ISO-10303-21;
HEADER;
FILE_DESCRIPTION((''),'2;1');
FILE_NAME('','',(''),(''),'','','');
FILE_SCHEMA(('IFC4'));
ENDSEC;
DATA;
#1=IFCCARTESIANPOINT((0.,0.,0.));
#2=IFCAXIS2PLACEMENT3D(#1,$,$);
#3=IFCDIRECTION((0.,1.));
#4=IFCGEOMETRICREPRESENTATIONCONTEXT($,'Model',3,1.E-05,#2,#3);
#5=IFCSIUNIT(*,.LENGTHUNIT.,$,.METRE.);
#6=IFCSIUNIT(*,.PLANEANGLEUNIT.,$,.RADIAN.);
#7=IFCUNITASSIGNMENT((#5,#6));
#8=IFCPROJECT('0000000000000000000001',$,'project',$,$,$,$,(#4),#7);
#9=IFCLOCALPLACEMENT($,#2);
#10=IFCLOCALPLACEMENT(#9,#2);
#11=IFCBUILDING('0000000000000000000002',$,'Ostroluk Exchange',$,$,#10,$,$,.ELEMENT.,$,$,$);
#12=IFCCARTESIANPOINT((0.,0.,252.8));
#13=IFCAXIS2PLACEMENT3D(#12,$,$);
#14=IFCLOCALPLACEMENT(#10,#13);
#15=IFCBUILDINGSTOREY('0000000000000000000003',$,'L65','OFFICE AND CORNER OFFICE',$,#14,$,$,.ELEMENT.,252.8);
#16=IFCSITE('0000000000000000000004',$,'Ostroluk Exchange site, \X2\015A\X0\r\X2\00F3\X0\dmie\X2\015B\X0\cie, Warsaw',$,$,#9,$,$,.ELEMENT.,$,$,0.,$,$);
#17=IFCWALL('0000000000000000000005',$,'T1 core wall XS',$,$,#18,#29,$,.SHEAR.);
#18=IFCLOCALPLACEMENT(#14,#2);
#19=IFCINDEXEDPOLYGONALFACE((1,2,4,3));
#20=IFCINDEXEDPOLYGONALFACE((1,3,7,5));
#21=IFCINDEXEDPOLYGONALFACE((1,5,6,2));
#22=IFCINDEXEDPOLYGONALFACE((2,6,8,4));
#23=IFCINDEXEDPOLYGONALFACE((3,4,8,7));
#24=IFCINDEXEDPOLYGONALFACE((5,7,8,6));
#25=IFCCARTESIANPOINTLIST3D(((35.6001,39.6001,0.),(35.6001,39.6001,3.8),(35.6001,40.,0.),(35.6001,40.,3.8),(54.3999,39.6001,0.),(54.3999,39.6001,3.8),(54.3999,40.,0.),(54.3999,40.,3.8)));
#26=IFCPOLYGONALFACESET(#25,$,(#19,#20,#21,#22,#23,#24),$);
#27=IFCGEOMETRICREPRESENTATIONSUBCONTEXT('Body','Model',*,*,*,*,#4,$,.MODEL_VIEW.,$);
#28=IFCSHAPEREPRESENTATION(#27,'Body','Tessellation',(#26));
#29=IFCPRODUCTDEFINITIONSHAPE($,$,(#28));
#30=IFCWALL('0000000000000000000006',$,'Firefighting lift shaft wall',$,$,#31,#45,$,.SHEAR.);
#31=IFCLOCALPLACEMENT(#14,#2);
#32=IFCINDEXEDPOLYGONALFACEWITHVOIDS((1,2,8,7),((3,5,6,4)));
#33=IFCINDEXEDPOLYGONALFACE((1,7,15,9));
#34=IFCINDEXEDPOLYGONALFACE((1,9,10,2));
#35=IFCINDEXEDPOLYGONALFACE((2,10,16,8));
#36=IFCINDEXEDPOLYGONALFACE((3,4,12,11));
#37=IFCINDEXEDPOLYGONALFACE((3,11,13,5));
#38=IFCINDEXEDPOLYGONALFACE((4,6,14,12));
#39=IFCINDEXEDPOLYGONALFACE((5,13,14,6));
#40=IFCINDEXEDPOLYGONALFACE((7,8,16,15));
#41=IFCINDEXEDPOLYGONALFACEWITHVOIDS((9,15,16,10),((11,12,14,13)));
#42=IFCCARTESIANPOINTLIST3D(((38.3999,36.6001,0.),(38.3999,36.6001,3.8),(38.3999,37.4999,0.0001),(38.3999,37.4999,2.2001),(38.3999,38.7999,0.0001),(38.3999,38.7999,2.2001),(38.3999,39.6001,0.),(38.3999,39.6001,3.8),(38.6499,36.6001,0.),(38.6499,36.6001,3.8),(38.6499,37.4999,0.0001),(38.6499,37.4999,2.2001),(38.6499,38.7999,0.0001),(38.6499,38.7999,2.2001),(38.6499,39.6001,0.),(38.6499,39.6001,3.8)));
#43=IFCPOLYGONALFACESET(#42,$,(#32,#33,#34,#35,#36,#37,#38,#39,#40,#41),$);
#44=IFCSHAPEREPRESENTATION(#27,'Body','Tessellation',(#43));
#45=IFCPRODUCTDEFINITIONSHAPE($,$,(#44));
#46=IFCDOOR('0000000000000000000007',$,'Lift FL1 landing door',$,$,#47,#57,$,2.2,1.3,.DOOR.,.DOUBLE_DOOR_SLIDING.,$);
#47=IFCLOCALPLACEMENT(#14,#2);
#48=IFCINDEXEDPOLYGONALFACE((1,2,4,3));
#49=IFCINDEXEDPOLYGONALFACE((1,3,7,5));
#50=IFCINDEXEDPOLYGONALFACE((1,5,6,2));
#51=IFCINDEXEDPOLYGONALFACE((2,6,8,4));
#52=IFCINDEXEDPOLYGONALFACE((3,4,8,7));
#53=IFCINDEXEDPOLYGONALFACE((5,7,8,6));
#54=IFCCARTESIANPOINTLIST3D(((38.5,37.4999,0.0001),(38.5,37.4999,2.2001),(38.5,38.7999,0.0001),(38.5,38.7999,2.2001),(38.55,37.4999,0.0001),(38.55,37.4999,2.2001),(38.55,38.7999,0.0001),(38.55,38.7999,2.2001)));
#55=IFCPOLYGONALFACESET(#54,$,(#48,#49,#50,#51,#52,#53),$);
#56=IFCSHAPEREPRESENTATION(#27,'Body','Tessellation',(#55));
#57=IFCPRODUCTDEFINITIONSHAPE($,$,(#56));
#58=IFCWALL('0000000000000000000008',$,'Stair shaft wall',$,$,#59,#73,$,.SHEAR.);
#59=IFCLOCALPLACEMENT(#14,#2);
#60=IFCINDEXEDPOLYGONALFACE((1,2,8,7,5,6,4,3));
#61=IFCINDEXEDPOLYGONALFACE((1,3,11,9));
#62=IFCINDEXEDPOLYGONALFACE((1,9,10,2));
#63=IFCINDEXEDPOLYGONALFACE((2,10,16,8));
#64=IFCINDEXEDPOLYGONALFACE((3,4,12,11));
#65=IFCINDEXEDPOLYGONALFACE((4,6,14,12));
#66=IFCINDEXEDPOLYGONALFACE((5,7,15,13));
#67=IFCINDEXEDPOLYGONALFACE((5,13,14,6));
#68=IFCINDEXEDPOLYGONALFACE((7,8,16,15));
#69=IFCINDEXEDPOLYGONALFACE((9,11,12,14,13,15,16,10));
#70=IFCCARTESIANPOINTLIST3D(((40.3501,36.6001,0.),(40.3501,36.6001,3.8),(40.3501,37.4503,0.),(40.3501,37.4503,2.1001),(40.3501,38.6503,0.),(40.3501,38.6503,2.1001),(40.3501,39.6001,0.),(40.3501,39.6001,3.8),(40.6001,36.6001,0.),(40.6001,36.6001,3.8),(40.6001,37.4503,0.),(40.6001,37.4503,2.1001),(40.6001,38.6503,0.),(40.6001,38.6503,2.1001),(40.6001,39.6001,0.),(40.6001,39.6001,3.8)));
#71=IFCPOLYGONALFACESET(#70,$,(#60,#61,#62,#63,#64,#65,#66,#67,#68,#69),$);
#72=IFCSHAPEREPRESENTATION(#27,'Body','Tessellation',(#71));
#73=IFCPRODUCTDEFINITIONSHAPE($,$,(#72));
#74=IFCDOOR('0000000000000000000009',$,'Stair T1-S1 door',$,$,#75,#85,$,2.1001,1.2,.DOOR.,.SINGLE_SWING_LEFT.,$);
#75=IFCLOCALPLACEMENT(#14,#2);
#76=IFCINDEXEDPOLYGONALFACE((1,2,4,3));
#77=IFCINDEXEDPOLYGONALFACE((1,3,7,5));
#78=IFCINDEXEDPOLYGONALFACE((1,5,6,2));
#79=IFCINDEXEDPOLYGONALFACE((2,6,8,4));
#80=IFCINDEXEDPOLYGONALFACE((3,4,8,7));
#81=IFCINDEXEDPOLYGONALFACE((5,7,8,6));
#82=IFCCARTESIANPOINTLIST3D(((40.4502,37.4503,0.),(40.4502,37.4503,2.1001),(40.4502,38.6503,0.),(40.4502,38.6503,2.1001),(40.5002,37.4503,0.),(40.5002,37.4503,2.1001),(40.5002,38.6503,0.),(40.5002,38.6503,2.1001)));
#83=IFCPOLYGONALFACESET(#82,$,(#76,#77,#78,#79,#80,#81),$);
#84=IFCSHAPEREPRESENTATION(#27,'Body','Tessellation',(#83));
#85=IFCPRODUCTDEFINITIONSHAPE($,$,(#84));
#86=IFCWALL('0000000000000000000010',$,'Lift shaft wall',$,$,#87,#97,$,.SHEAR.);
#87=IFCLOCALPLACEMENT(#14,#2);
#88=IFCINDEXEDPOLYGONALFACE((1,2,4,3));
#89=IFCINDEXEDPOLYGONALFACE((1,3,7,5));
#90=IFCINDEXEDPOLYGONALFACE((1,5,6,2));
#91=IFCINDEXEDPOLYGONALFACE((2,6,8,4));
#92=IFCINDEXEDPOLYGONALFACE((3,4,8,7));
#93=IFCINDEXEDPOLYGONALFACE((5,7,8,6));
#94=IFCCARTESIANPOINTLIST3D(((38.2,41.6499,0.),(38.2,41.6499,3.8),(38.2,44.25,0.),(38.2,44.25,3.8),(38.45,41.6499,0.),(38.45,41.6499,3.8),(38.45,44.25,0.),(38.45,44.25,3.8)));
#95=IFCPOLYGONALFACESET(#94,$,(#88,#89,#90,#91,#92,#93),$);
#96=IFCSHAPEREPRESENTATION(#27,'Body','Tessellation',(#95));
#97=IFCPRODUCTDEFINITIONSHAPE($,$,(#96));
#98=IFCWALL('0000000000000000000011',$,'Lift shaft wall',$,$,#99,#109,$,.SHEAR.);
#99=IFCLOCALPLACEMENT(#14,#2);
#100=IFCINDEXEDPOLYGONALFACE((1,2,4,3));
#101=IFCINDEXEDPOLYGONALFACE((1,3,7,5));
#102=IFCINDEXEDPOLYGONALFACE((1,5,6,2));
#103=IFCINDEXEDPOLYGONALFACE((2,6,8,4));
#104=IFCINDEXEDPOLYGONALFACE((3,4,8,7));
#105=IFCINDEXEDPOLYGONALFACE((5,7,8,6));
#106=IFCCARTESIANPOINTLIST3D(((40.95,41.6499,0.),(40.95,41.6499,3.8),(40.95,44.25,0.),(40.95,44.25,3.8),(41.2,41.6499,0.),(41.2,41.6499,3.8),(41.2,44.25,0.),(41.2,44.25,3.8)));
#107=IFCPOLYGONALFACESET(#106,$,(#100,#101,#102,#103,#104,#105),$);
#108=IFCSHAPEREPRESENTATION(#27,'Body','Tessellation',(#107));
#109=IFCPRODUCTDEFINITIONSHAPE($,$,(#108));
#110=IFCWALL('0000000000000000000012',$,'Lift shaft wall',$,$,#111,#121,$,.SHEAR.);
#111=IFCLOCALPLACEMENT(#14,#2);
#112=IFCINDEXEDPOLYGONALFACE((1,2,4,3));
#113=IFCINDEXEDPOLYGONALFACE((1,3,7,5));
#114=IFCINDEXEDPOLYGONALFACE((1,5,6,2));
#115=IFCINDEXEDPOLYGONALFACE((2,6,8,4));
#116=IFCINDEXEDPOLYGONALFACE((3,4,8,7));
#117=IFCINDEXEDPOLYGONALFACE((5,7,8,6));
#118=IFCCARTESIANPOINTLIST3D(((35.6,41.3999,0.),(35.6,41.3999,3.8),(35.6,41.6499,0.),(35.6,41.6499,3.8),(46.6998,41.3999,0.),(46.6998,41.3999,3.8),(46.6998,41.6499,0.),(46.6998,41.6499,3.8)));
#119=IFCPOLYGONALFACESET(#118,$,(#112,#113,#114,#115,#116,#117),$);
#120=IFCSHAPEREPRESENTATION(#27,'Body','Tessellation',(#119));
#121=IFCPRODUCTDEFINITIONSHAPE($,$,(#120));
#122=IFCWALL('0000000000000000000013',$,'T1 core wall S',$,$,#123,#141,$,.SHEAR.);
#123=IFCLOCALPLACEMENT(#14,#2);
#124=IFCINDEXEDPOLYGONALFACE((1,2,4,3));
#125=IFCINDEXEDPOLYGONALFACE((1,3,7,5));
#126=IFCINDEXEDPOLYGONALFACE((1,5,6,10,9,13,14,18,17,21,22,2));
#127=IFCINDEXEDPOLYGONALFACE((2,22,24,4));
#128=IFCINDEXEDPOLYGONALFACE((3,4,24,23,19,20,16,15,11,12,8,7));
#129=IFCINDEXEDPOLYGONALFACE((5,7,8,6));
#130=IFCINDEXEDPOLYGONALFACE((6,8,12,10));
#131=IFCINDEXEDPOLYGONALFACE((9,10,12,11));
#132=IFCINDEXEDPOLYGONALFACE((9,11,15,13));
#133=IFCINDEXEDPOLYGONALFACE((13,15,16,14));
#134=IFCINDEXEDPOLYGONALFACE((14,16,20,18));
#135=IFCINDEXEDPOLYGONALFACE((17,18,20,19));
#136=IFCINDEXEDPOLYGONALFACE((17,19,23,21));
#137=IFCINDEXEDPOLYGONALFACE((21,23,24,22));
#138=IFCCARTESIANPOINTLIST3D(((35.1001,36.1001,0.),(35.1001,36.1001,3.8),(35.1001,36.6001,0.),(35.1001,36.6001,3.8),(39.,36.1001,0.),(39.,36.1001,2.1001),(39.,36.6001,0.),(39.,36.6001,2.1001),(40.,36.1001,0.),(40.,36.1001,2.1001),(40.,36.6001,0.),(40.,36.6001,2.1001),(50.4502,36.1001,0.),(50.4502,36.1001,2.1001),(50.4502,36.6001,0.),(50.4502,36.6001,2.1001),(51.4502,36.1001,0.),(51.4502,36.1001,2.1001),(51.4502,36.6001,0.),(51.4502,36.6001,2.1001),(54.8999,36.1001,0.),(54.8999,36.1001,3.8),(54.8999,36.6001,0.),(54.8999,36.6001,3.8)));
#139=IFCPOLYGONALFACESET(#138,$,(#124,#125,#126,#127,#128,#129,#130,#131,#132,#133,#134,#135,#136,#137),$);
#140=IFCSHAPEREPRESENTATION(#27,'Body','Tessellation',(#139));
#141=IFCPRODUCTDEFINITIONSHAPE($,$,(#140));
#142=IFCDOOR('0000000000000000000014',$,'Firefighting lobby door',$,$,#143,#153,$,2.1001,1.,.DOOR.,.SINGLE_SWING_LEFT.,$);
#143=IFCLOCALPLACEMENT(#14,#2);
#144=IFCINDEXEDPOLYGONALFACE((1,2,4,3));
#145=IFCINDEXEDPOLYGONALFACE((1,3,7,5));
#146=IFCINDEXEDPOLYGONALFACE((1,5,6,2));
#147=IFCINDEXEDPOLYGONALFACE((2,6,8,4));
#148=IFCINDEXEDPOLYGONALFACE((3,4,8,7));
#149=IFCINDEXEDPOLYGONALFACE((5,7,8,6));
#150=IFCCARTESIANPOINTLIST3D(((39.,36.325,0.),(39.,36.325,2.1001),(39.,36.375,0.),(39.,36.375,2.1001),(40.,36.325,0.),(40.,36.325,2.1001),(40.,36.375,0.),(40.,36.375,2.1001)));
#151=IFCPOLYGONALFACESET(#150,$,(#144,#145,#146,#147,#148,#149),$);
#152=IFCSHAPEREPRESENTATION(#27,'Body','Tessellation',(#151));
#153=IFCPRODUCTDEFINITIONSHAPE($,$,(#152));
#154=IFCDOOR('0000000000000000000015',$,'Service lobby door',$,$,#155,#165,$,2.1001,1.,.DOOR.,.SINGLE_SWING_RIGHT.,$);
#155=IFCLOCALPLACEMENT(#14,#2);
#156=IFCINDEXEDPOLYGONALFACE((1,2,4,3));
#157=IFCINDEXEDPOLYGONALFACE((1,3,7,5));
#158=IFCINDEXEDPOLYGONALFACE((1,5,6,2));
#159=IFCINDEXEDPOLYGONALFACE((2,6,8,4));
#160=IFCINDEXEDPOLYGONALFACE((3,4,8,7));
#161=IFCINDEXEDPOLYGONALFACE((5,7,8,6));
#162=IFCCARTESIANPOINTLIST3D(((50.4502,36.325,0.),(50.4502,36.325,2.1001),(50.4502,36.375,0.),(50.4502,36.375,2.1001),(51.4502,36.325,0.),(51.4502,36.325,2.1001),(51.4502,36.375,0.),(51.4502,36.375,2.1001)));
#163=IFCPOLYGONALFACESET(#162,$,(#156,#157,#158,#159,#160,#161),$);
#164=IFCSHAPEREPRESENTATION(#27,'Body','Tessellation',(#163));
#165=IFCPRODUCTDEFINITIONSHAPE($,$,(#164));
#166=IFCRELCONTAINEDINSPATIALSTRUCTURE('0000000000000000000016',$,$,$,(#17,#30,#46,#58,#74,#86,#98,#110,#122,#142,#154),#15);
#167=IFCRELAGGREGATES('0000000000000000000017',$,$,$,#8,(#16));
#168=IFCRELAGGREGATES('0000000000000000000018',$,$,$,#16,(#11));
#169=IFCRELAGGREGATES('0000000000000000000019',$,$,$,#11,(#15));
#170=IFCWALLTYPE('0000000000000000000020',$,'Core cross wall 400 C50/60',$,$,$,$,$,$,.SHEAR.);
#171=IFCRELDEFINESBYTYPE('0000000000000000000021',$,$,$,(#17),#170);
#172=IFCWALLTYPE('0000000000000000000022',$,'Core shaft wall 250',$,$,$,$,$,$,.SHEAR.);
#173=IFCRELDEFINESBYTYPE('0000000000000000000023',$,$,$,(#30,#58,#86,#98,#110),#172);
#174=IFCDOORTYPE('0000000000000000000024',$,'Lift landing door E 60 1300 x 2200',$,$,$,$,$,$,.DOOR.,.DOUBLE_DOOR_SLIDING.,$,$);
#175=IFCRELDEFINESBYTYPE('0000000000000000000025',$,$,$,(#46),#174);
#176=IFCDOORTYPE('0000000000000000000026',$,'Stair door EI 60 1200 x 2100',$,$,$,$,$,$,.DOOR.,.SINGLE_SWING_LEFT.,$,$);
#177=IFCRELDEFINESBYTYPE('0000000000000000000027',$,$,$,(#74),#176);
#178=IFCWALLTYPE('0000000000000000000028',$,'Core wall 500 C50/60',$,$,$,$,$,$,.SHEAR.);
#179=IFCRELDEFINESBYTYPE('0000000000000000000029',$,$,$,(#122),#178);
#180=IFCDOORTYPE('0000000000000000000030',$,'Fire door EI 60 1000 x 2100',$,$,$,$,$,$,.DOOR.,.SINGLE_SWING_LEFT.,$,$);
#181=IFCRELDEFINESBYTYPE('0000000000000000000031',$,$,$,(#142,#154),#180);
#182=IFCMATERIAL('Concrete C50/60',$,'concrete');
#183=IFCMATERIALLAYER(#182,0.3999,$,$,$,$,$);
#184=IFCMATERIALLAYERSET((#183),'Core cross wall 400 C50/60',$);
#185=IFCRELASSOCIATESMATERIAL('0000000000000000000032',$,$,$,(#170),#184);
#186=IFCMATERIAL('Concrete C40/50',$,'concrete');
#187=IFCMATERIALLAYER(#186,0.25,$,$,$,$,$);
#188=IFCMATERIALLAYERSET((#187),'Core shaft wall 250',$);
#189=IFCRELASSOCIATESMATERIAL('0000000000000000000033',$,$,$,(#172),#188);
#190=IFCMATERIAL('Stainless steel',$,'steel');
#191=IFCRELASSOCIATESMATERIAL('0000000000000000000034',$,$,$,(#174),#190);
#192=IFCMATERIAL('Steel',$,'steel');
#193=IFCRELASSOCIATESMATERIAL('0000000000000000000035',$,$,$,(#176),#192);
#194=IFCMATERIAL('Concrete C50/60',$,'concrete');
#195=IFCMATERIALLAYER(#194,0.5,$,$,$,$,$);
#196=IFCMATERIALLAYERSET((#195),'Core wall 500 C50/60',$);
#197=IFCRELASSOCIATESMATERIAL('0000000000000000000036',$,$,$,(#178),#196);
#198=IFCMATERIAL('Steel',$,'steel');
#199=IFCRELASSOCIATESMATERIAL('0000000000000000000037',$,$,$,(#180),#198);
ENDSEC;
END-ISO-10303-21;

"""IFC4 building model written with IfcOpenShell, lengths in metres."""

from ifc_helpers import new_model, si_unit, direction, frame, frame_2d, origin, place, context, subcontext, project, spatial, rectangle, extrude, material, layer, layer_set, type_object, element, fill, save


model = new_model("IFC4")

# Units and contexts
model_context = context("Model", 3, precision=1e-05, world=origin(), true_north=direction((0.0, 1.0)))
body_context = subcontext(model_context, "Body", "Model", "MODEL_VIEW")
ifc_project = project(units=[si_unit("LENGTHUNIT", "METRE"), si_unit("PLANEANGLEUNIT", "RADIAN")], contexts=[model_context])

# Site, building, storey
site_placement = place(None, origin())
site = spatial("IfcSite", under=ifc_project, at=site_placement, Name="Ostroluk Exchange site, Śródmieście, Warsaw", CompositionType="ELEMENT", RefElevation=0.0)
building_placement = place(site_placement, origin())
building = spatial("IfcBuilding", under=site, at=building_placement, Name="Ostroluk Exchange", CompositionType="ELEMENT")
storey_placement = place(building_placement, frame((0.0, 0.0, 252.8)))
storey = spatial("IfcBuildingStorey", under=building, at=storey_placement, Name="L65", Description="OFFICE AND CORNER OFFICE", CompositionType="ELEMENT", Elevation=252.8)

# Wall
ifc_material_1 = material(Name="Concrete C50/60", Category="concrete")
ifc_layer_1 = layer(ifc_material_1, 0.3999)
ifc_layer_set_1 = layer_set([ifc_layer_1], Name="Core cross wall 400 C50/60")
wall_type_1 = type_object("IfcWallType", Name="Core cross wall 400 C50/60", PredefinedType="SHEAR", material=ifc_layer_set_1)
wall_1_placement = place(storey_placement, frame((35.6001, 39.8, 0.0), z_axis=(0.0, 0.0, 1.0), x_axis=(1.0, 0.0, 0.0)))
element("IfcWall", 1, at=wall_1_placement, inside=storey, type_object=wall_type_1, Name="T1 core wall XS", PredefinedType="SHEAR", context=body_context, shape_type="SweptSolid", body=[
    extrude(rectangle(XDim=18.7998, YDim=0.3999, at=frame_2d((9.3999, 0.0))), origin(), (0.0, 0.0, 1.0), 3.8),
])

# Walls, openings, doors
ifc_material_2 = material(Name="Concrete C40/50", Category="concrete")
ifc_layer_2 = layer(ifc_material_2, 0.25)
ifc_layer_set_2 = layer_set([ifc_layer_2], Name="Core shaft wall 250")
wall_type_2 = type_object("IfcWallType", Name="Core shaft wall 250", PredefinedType="SHEAR", material=ifc_layer_set_2)
wall_2_placement = place(storey_placement, frame((38.5249, 36.6001, 0.0), z_axis=(0.0, 0.0, 1.0), x_axis=(0.0, 1.0, 0.0)))
wall_2 = element("IfcWall", 2, at=wall_2_placement, inside=storey, type_object=wall_type_2, Name="Firefighting lift shaft wall", PredefinedType="SHEAR", context=body_context, shape_type="SweptSolid", body=[
    extrude(rectangle(XDim=3.0, YDim=0.25, at=frame_2d((1.5, 0.0))), origin(), (0.0, 0.0, 1.0), 3.8),
])
opening_1_placement = place(wall_2_placement, frame((0.8999, 0.0, 0.0)))
opening_1 = element("IfcOpeningElement", 3, at=opening_1_placement, cuts=wall_2, PredefinedType="OPENING", context=body_context, shape_type="SweptSolid", body=[
    extrude(rectangle(XDim=1.3, YDim=2.2, at=frame_2d((0.6499, 1.1001))), frame((0.0, 0.135, 0.0), z_axis=(0.0, -1.0, 0.0), x_axis=(1.0, 0.0, 0.0)), (0.0, 0.0, 1.0), 0.27),
])
ifc_material_3 = material(Name="Stainless steel", Category="steel")
door_type_1 = type_object("IfcDoorType", Name="Lift landing door E 60 1300 x 2200", OperationType="DOUBLE_DOOR_SLIDING", PredefinedType="DOOR", material=ifc_material_3)
door_1_placement = place(opening_1_placement, origin())
door_1 = element("IfcDoor", 4, at=door_1_placement, inside=storey, type_object=door_type_1, Name="Lift FL1 landing door", OperationType="DOUBLE_DOOR_SLIDING", OverallHeight=2.2, OverallWidth=1.3, PredefinedType="DOOR", context=body_context, shape_type="SweptSolid", body=[
    extrude(rectangle(XDim=1.3, YDim=2.2, at=frame_2d((0.6499, 1.1001))), frame((0.0, 0.0249, 0.0), z_axis=(0.0, -1.0, 0.0), x_axis=(1.0, 0.0, 0.0)), (0.0, 0.0, 1.0), 0.05),
])
fill(opening_1, door_1)
wall_3_placement = place(storey_placement, frame((40.4751, 36.6001, 0.0), z_axis=(0.0, 0.0, 1.0), x_axis=(0.0, 1.0, 0.0)))
wall_3 = element("IfcWall", 5, at=wall_3_placement, inside=storey, type_object=wall_type_2, Name="Stair shaft wall", PredefinedType="SHEAR", context=body_context, shape_type="SweptSolid", body=[
    extrude(rectangle(XDim=3.0, YDim=0.25, at=frame_2d((1.5, 0.0))), origin(), (0.0, 0.0, 1.0), 3.8),
])
opening_2_placement = place(wall_3_placement, frame((0.8501, 0.0, 0.0)))
opening_2 = element("IfcOpeningElement", 6, at=opening_2_placement, cuts=wall_3, PredefinedType="OPENING", context=body_context, shape_type="SweptSolid", body=[
    extrude(rectangle(XDim=1.2, YDim=2.1001, at=frame_2d((0.6001, 1.05))), frame((0.0, 0.135, 0.0), z_axis=(0.0, -1.0, 0.0), x_axis=(1.0, 0.0, 0.0)), (0.0, 0.0, 1.0), 0.27),
])
ifc_material_4 = material(Name="Steel", Category="steel")
door_type_2 = type_object("IfcDoorType", Name="Stair door EI 60 1200 x 2100", OperationType="SINGLE_SWING_LEFT", PredefinedType="DOOR", material=ifc_material_4)
door_2_placement = place(opening_2_placement, origin())
door_2 = element("IfcDoor", 7, at=door_2_placement, inside=storey, type_object=door_type_2, Name="Stair T1-S1 door", OperationType="SINGLE_SWING_LEFT", OverallHeight=2.1001, OverallWidth=1.2, PredefinedType="DOOR", context=body_context, shape_type="SweptSolid", body=[
    extrude(rectangle(XDim=1.2, YDim=2.1001, at=frame_2d((0.6001, 1.05))), frame((0.0, 0.0249, 0.0), z_axis=(0.0, -1.0, 0.0), x_axis=(1.0, 0.0, 0.0)), (0.0, 0.0, 1.0), 0.05),
])
fill(opening_2, door_2)

# Walls
for number, where, z_axis, x_axis, name in (
    (8, (38.325, 44.25, 0.0), (0.0, 0.0, 1.0), (0.0, -1.0, 0.0), "Lift shaft wall"),
    (9, (41.075, 44.25, 0.0), (0.0, 0.0, 1.0), (0.0, -1.0, 0.0), "Lift shaft wall"),
):
    element("IfcWall", number, at=place(storey_placement, frame(where, z_axis=z_axis, x_axis=x_axis)), inside=storey, type_object=wall_type_2, Name=name, PredefinedType="SHEAR", context=body_context, shape_type="SweptSolid", body=[
        extrude(rectangle(XDim=2.6001, YDim=0.25, at=frame_2d((1.3, 0.0))), origin(), (0.0, 0.0, 1.0), 3.8),
    ])
wall_4_placement = place(storey_placement, frame((35.6001, 41.5249, 0.0), z_axis=(0.0, 0.0, 1.0), x_axis=(1.0, 0.0, 0.0)))
element("IfcWall", 10, at=wall_4_placement, inside=storey, type_object=wall_type_2, Name="Lift shaft wall", PredefinedType="SHEAR", context=body_context, shape_type="SweptSolid", body=[
    extrude(rectangle(XDim=11.0999, YDim=0.25, at=frame_2d((5.5498, 0.0))), origin(), (0.0, 0.0, 1.0), 3.8),
])

# Wall, openings, doors
ifc_material_5 = material(Name="Concrete C50/60", Category="concrete")
ifc_layer_3 = layer(ifc_material_5, 0.5)
ifc_layer_set_3 = layer_set([ifc_layer_3], Name="Core wall 500 C50/60")
wall_type_3 = type_object("IfcWallType", Name="Core wall 500 C50/60", PredefinedType="SHEAR", material=ifc_layer_set_3)
wall_5_placement = place(storey_placement, frame((35.1001, 36.3501, 0.0), z_axis=(0.0, 0.0, 1.0), x_axis=(1.0, 0.0, 0.0)))
wall_5 = element("IfcWall", 11, at=wall_5_placement, inside=storey, type_object=wall_type_3, Name="T1 core wall S", PredefinedType="SHEAR", context=body_context, shape_type="SweptSolid", body=[
    extrude(rectangle(XDim=19.7998, YDim=0.5, at=frame_2d((9.8999, 0.0))), origin(), (0.0, 0.0, 1.0), 3.8),
])
opening_3_placement = place(wall_5_placement, frame((3.8999, 0.0, 0.0)))
opening_3 = element("IfcOpeningElement", 12, at=opening_3_placement, cuts=wall_5, PredefinedType="OPENING", context=body_context, shape_type="SweptSolid", body=[
    extrude(rectangle(XDim=1.0, YDim=2.1001, at=frame_2d((0.5, 1.05))), frame((0.0, 0.26, 0.0), z_axis=(0.0, -1.0, 0.0), x_axis=(1.0, 0.0, 0.0)), (0.0, 0.0, 1.0), 0.52),
])
opening_4_placement = place(wall_5_placement, frame((15.3501, 0.0, 0.0)))
opening_4 = element("IfcOpeningElement", 13, at=opening_4_placement, cuts=wall_5, PredefinedType="OPENING", context=body_context, shape_type="SweptSolid", body=[
    extrude(rectangle(XDim=1.0, YDim=2.1001, at=frame_2d((0.5, 1.05))), frame((0.0, 0.26, 0.0), z_axis=(0.0, -1.0, 0.0), x_axis=(1.0, 0.0, 0.0)), (0.0, 0.0, 1.0), 0.52),
])
ifc_material_6 = material(Name="Steel", Category="steel")
door_type_3 = type_object("IfcDoorType", Name="Fire door EI 60 1000 x 2100", OperationType="SINGLE_SWING_LEFT", PredefinedType="DOOR", material=ifc_material_6)
door_3_placement = place(opening_3_placement, origin())
door_3 = element("IfcDoor", 14, at=door_3_placement, inside=storey, type_object=door_type_3, Name="Firefighting lobby door", OperationType="SINGLE_SWING_LEFT", OverallHeight=2.1001, OverallWidth=1.0, PredefinedType="DOOR", context=body_context, shape_type="SweptSolid", body=[
    extrude(rectangle(XDim=1.0, YDim=2.1001, at=frame_2d((0.5, 1.05))), frame((0.0, 0.0249, 0.0), z_axis=(0.0, -1.0, 0.0), x_axis=(1.0, 0.0, 0.0)), (0.0, 0.0, 1.0), 0.05),
])
fill(opening_3, door_3)
door_4_placement = place(opening_4_placement, origin())
door_4 = element("IfcDoor", 15, at=door_4_placement, inside=storey, type_object=door_type_3, Name="Service lobby door", OperationType="SINGLE_SWING_RIGHT", OverallHeight=2.1001, OverallWidth=1.0, PredefinedType="DOOR", context=body_context, shape_type="SweptSolid", body=[
    extrude(rectangle(XDim=1.0, YDim=2.1001, at=frame_2d((0.5, 1.05))), frame((0.0, 0.0249, 0.0), z_axis=(0.0, -1.0, 0.0), x_axis=(1.0, 0.0, 0.0)), (0.0, 0.0, 1.0), 0.05),
])
fill(opening_4, door_4)

save(model, "model.ifc")
